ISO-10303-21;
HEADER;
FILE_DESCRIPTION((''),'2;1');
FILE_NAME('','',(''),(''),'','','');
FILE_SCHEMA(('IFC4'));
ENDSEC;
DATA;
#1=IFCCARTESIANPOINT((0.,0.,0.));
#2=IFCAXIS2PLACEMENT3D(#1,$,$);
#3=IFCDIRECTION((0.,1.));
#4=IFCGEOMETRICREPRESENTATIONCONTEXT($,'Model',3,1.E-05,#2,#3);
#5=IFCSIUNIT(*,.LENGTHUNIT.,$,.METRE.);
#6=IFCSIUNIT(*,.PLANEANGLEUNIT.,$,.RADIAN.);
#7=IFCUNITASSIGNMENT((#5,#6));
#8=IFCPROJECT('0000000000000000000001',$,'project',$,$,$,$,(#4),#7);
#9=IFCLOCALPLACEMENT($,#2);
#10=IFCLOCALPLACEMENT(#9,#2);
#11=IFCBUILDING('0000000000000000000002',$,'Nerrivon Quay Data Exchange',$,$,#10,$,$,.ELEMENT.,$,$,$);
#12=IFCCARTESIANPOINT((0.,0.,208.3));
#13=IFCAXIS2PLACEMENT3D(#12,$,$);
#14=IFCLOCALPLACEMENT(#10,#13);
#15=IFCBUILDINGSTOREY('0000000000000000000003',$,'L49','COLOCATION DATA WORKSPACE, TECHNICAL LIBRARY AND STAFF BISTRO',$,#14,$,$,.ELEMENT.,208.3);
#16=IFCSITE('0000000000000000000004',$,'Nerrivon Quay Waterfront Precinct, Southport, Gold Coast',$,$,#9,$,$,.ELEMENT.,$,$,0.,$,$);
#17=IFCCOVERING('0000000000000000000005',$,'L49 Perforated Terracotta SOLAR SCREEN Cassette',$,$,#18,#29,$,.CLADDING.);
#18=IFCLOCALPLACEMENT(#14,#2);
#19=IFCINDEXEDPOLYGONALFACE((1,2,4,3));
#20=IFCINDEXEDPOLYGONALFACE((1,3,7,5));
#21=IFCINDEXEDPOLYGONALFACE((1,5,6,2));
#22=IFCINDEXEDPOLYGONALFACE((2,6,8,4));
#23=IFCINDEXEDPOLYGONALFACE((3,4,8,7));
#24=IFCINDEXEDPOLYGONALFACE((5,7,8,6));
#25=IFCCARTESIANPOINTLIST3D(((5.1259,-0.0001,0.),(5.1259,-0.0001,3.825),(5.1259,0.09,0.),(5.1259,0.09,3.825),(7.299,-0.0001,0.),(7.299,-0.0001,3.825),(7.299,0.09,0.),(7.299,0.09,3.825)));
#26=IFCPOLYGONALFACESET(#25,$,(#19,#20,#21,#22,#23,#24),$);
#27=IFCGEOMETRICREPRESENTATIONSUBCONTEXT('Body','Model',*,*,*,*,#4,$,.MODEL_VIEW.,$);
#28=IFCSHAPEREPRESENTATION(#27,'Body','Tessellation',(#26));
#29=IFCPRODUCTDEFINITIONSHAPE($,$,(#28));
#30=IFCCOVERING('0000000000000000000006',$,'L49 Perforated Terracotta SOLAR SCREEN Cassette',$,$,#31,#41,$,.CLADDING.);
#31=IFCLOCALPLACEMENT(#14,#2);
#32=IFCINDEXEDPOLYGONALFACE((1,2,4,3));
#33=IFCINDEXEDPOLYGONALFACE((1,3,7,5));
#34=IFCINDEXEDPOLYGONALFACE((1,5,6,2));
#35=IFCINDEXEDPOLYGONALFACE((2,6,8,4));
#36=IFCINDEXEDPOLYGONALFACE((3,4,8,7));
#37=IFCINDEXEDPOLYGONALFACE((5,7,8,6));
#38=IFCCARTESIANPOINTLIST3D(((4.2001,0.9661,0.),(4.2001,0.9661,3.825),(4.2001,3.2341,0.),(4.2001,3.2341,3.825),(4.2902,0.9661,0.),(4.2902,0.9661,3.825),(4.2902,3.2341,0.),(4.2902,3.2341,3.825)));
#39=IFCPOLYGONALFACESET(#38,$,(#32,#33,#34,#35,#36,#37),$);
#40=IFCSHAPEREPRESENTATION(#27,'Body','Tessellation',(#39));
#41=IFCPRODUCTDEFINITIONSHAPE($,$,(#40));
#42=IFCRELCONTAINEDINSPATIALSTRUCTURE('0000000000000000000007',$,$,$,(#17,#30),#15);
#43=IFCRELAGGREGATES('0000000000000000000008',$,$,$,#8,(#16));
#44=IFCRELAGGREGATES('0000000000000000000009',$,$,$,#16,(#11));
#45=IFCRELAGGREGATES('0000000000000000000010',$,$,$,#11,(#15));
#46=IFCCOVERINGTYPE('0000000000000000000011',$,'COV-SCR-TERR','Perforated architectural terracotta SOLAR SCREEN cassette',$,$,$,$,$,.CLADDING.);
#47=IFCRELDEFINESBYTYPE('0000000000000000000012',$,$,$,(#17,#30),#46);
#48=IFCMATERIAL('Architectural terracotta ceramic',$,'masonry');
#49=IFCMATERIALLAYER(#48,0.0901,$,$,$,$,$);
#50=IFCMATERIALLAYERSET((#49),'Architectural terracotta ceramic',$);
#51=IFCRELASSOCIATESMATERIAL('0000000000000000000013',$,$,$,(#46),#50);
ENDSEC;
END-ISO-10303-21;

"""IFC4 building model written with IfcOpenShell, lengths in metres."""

from ifc_helpers import new_model, si_unit, direction, frame, origin, origin_2d, place, context, subcontext, project, spatial, rectangle, extrude, material, layer, layer_set, type_object, element, save


model = new_model("IFC4")

# Units and contexts
model_context = context("Model", 3, precision=1e-05, world=origin(), true_north=direction((0.0, 1.0)))
body_context = subcontext(model_context, "Body", "Model", "MODEL_VIEW")
ifc_project = project(units=[si_unit("LENGTHUNIT", "METRE"), si_unit("PLANEANGLEUNIT", "RADIAN")], contexts=[model_context])

# Site, building, storey
site_placement = place(None, origin())
site = spatial("IfcSite", under=ifc_project, at=site_placement, Name="Nerrivon Quay Waterfront Precinct, Southport, Gold Coast", CompositionType="ELEMENT", RefElevation=0.0)
building_placement = place(site_placement, origin())
building = spatial("IfcBuilding", under=site, at=building_placement, Name="Nerrivon Quay Data Exchange", CompositionType="ELEMENT")
storey_placement = place(building_placement, frame((0.0, 0.0, 208.3)))
storey = spatial("IfcBuildingStorey", under=building, at=storey_placement, Name="L49", Description="COLOCATION DATA WORKSPACE, TECHNICAL LIBRARY AND STAFF BISTRO", CompositionType="ELEMENT", Elevation=208.3)

# Coverings
ifc_material_1 = material(Name="Architectural terracotta ceramic", Category="masonry")
ifc_layer_1 = layer(ifc_material_1, 0.0901)
ifc_layer_set_1 = layer_set([ifc_layer_1], Name="Architectural terracotta ceramic")
covering_type = type_object("IfcCoveringType", Name="COV-SCR-TERR", Description="Perforated architectural terracotta SOLAR SCREEN cassette", PredefinedType="CLADDING", material=ifc_layer_set_1)
covering_1_placement = place(storey_placement, frame((6.2124, 0.0449, 0.0), z_axis=(0.0, 0.0, 1.0), x_axis=(-1.0, 0.0, 0.0)))
element("IfcCovering", 1, at=covering_1_placement, inside=storey, type_object=covering_type, Name="L49 Perforated Terracotta SOLAR SCREEN Cassette", PredefinedType="CLADDING", context=body_context, shape_type="SweptSolid", body=[
    extrude(rectangle(XDim=2.1731, YDim=0.0901, at=origin_2d()), origin(), (0.0, 0.0, 1.0), 3.825),
])
covering_2_placement = place(storey_placement, frame((4.2451, 2.1001, 0.0), z_axis=(0.0, 0.0, 1.0), x_axis=(0.0, 1.0, 0.0)))
element("IfcCovering", 2, at=covering_2_placement, inside=storey, type_object=covering_type, Name="L49 Perforated Terracotta SOLAR SCREEN Cassette", PredefinedType="CLADDING", context=body_context, shape_type="SweptSolid", body=[
    extrude(rectangle(XDim=2.2681, YDim=0.0901, at=origin_2d()), origin(), (0.0, 0.0, 1.0), 3.825),
])

save(model, "model.ifc")
